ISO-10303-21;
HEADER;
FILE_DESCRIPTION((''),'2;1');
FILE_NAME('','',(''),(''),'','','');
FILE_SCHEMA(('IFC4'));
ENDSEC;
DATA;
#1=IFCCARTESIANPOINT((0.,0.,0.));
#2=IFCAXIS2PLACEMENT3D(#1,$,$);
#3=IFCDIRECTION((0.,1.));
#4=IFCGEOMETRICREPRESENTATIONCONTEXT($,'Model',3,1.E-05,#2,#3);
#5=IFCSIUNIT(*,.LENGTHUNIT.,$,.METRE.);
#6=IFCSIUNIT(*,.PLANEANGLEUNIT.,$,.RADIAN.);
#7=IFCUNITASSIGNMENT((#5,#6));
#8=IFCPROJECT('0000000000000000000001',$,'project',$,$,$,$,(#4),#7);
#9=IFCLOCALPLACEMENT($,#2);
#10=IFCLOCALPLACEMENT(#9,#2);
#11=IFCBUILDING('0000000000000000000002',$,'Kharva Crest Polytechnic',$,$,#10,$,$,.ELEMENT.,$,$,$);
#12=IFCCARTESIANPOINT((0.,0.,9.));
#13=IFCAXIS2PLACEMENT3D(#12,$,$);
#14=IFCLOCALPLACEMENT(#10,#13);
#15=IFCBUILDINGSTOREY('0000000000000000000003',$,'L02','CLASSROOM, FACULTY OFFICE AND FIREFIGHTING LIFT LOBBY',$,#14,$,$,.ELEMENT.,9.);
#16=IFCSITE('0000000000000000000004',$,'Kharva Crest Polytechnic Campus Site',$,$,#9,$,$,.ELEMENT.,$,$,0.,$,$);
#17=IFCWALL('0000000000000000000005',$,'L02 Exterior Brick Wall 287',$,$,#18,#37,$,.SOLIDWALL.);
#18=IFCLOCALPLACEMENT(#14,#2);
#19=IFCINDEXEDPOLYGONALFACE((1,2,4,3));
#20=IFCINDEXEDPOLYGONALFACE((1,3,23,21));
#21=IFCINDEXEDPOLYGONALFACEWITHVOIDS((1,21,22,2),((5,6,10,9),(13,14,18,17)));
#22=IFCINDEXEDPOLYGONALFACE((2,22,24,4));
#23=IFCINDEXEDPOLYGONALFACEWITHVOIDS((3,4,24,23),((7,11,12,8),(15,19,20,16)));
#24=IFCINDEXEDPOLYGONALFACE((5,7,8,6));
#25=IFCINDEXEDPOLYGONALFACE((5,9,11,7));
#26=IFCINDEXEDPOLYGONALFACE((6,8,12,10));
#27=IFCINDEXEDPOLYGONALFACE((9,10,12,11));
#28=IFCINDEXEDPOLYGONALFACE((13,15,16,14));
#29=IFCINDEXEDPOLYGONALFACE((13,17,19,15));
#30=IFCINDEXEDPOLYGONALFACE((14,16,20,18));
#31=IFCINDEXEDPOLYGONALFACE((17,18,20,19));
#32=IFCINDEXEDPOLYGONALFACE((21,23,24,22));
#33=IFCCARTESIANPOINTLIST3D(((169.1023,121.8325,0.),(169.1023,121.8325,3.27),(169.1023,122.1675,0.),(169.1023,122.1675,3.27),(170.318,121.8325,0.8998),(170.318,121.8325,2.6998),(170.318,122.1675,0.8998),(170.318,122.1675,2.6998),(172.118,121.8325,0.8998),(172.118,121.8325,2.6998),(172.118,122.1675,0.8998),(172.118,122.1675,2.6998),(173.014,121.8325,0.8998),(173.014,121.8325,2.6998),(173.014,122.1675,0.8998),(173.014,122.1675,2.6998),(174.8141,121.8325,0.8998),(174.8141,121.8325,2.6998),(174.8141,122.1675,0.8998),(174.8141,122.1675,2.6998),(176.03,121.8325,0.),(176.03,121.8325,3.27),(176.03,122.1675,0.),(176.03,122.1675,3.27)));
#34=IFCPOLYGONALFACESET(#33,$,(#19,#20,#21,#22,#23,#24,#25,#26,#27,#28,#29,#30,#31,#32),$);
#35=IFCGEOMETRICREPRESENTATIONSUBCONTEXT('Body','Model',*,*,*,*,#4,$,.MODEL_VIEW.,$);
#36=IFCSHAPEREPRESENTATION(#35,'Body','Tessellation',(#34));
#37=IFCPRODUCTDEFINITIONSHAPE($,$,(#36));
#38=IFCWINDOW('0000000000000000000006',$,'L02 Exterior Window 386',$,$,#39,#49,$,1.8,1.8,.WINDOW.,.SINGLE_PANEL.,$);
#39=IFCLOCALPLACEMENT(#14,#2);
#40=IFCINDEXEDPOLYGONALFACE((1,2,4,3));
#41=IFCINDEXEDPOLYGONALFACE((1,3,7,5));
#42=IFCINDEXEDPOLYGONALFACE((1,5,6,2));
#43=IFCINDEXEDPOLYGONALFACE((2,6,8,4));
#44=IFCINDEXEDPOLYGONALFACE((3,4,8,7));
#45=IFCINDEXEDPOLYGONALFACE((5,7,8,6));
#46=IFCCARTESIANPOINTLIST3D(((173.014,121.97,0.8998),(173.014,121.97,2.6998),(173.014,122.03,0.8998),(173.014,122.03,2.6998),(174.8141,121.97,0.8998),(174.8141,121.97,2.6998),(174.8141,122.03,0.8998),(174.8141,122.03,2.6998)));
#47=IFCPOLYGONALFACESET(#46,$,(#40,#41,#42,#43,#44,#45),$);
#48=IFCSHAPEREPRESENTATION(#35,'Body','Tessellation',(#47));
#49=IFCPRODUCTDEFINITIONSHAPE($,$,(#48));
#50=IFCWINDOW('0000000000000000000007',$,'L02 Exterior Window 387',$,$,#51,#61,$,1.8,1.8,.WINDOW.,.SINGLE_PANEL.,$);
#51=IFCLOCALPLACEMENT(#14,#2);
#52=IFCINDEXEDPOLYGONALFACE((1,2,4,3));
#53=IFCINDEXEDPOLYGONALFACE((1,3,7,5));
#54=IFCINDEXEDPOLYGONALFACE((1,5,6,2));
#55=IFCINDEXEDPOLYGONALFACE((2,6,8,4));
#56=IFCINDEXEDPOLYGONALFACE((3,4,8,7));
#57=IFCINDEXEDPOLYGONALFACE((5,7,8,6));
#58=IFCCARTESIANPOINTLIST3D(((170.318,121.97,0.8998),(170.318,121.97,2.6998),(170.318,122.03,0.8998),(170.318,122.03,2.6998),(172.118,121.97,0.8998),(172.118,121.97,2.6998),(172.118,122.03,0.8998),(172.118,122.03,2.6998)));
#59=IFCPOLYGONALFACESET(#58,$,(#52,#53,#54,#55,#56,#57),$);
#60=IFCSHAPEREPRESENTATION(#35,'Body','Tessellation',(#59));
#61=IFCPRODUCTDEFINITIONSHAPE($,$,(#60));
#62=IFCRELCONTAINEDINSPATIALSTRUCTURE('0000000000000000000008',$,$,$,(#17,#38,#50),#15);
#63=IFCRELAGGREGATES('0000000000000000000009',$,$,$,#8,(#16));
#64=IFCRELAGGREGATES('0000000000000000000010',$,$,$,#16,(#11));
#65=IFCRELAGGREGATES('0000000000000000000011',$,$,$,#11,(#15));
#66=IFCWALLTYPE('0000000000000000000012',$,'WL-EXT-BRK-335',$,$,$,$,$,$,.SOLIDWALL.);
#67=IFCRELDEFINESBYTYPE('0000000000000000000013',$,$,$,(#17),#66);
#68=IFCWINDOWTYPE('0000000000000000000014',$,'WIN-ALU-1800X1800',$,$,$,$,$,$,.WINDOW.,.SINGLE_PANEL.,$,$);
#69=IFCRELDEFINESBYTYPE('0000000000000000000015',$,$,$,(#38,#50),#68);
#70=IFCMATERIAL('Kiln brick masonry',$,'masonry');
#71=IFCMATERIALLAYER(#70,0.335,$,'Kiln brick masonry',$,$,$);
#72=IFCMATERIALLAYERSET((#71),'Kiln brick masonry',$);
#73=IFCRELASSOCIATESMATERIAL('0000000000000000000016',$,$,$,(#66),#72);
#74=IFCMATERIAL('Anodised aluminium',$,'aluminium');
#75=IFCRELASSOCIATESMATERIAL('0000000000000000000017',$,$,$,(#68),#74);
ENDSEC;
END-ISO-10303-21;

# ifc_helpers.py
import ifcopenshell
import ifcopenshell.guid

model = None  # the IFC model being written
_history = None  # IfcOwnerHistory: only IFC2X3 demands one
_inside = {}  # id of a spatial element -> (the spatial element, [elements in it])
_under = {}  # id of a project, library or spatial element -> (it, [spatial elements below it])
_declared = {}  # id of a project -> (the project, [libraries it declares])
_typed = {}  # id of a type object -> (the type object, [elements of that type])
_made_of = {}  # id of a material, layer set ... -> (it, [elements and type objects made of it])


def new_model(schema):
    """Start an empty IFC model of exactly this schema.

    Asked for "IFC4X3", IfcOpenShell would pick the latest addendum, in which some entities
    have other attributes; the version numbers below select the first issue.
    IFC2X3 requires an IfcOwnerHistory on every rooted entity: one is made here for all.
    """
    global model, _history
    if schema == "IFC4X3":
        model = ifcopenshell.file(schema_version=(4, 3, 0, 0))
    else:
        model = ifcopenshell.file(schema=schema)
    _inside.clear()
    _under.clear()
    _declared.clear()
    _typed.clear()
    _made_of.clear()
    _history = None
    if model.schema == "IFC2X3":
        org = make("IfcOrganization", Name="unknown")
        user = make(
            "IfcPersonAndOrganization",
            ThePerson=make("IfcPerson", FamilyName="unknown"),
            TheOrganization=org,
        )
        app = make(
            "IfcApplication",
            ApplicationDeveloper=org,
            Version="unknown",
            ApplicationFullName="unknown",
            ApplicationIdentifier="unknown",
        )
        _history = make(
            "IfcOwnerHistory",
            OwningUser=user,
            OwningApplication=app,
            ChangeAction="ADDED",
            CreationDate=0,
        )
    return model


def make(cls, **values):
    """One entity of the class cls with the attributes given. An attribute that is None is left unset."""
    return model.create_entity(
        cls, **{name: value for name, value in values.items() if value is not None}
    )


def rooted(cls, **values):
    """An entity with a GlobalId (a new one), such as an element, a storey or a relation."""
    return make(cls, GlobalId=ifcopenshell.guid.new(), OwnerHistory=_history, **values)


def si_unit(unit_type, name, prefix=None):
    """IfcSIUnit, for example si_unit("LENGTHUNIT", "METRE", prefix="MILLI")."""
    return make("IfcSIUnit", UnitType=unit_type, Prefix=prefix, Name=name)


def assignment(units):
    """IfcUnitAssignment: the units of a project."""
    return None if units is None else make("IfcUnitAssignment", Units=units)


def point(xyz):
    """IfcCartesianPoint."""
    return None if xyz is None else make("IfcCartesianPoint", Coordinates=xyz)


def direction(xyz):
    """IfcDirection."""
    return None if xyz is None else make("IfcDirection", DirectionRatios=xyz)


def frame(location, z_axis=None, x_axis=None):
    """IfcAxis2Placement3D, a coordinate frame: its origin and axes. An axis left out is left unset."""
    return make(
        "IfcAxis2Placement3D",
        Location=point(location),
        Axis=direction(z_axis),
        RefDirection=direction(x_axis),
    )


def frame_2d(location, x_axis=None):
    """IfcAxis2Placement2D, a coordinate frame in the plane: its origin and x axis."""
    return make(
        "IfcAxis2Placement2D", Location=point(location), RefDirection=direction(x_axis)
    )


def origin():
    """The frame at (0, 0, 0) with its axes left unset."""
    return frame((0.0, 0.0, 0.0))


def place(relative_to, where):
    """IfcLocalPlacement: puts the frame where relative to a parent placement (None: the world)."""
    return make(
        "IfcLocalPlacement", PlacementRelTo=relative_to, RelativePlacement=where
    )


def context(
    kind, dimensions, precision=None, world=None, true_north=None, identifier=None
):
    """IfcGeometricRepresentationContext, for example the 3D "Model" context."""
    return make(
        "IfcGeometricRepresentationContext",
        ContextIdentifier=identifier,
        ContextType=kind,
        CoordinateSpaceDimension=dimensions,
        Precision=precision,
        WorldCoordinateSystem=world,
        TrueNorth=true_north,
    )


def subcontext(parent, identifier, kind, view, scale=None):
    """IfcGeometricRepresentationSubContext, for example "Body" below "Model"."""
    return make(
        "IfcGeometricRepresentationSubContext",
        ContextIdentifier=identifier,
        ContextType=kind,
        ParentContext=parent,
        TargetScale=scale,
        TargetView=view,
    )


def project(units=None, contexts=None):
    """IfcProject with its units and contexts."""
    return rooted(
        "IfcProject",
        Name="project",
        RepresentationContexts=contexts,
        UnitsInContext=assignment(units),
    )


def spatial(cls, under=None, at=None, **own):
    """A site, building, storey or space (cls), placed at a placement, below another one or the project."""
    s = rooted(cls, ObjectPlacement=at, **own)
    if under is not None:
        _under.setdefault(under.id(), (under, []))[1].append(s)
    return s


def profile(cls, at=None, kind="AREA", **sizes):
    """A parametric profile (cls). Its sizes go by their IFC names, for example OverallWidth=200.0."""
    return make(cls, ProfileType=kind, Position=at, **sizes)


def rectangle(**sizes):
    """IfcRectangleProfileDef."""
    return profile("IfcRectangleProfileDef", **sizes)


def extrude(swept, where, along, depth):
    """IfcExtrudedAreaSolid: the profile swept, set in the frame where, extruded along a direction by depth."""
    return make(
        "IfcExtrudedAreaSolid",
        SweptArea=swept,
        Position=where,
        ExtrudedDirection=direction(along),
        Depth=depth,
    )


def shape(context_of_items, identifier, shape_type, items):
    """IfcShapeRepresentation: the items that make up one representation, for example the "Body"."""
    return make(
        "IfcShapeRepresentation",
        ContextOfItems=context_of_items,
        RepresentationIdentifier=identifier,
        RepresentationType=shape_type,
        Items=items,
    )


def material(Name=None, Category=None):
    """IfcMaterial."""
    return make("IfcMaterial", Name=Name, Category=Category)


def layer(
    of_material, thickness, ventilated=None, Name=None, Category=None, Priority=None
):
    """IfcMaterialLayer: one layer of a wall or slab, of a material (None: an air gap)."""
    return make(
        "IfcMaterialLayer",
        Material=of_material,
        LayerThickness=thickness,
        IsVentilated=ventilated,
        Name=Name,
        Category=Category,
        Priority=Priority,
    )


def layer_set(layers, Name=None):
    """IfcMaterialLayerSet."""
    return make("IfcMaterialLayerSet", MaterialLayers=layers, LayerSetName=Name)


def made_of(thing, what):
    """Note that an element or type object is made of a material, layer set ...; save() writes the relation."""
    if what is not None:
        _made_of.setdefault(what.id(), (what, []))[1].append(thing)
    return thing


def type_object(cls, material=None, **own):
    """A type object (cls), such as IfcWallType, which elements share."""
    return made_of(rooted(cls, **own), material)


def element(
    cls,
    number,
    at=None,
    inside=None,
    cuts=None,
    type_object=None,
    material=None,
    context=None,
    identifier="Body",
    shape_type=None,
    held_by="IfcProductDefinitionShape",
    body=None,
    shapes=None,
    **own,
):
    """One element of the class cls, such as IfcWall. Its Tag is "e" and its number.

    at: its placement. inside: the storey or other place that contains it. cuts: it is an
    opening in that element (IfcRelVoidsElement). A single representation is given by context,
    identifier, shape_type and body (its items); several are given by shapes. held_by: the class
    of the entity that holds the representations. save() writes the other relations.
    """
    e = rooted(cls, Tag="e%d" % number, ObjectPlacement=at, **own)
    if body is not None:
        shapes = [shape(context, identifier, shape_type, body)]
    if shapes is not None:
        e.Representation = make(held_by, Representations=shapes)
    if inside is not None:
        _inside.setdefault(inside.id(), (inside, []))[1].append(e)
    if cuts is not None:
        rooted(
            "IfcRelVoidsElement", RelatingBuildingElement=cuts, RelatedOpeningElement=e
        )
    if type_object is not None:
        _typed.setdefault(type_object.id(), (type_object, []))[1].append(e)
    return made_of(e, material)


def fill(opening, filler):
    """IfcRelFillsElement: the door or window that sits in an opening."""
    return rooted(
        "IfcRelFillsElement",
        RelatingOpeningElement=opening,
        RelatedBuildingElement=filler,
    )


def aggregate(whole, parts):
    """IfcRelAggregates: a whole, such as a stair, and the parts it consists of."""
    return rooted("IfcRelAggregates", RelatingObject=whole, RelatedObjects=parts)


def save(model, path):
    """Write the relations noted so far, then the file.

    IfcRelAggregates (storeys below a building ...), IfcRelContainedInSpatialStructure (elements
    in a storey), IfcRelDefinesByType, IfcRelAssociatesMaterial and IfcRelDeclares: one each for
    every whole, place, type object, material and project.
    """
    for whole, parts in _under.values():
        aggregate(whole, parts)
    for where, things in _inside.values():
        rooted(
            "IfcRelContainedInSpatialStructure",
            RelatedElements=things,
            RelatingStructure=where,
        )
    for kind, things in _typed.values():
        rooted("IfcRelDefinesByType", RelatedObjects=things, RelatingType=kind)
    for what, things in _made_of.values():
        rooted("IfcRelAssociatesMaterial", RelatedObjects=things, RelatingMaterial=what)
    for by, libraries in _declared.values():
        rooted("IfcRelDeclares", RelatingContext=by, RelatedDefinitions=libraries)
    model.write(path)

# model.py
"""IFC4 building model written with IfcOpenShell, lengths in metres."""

from ifc_helpers import new_model, si_unit, direction, frame, frame_2d, origin, place, context, subcontext, project, spatial, rectangle, extrude, material, layer, layer_set, type_object, element, fill, save


model = new_model("IFC4")

# Units and contexts
model_context = context("Model", 3, precision=1e-05, world=origin(), true_north=direction((0.0, 1.0)))
body_context = subcontext(model_context, "Body", "Model", "MODEL_VIEW")
ifc_project = project(units=[si_unit("LENGTHUNIT", "METRE"), si_unit("PLANEANGLEUNIT", "RADIAN")], contexts=[model_context])

# Site, building, storey
site_placement = place(None, origin())
site = spatial("IfcSite", under=ifc_project, at=site_placement, Name="Kharva Crest Polytechnic Campus Site", CompositionType="ELEMENT", RefElevation=0.0)
building_placement = place(site_placement, origin())
building = spatial("IfcBuilding", under=site, at=building_placement, Name="Kharva Crest Polytechnic", CompositionType="ELEMENT")
storey_placement = place(building_placement, frame((0.0, 0.0, 9.0)))
storey = spatial("IfcBuildingStorey", under=building, at=storey_placement, Name="L02", Description="CLASSROOM, FACULTY OFFICE AND FIREFIGHTING LIFT LOBBY", CompositionType="ELEMENT", Elevation=9.0)

# Wall, openings, windows
ifc_material_1 = material(Name="Kiln brick masonry", Category="masonry")
ifc_layer_1 = layer(ifc_material_1, 0.335, Name="Kiln brick masonry")
ifc_layer_set_1 = layer_set([ifc_layer_1], Name="Kiln brick masonry")
wall_type = type_object("IfcWallType", Name="WL-EXT-BRK-335", PredefinedType="SOLIDWALL", material=ifc_layer_set_1)
wall_placement = place(storey_placement, frame((176.03, 122.0, 0.0), z_axis=(0.0, 0.0, 1.0), x_axis=(-1.0, 0.0, 0.0)))
wall = element("IfcWall", 1, at=wall_placement, inside=storey, type_object=wall_type, Name="L02 Exterior Brick Wall 287", PredefinedType="SOLIDWALL", context=body_context, shape_type="SweptSolid", body=[
    extrude(rectangle(XDim=6.9277, YDim=0.335, at=frame_2d((3.4639, 0.0))), origin(), (0.0, 0.0, 1.0), 3.27),
])
opening_1_placement = place(wall_placement, frame((1.2161, 0.0, 0.8999)))
opening_1 = element("IfcOpeningElement", 2, at=opening_1_placement, cuts=wall, PredefinedType="OPENING", context=body_context, shape_type="SweptSolid", body=[
    extrude(rectangle(XDim=1.8, YDim=1.8, at=frame_2d((0.8999, 0.8999))), frame((0.0, 0.1775, 0.0), z_axis=(0.0, -1.0, 0.0), x_axis=(1.0, 0.0, 0.0)), (0.0, 0.0, 1.0), 0.355),
])
opening_2_placement = place(wall_placement, frame((3.9121, 0.0, 0.8999)))
opening_2 = element("IfcOpeningElement", 3, at=opening_2_placement, cuts=wall, PredefinedType="OPENING", context=body_context, shape_type="SweptSolid", body=[
    extrude(rectangle(XDim=1.8, YDim=1.8, at=frame_2d((0.8999, 0.8999))), frame((0.0, 0.1775, 0.0), z_axis=(0.0, -1.0, 0.0), x_axis=(1.0, 0.0, 0.0)), (0.0, 0.0, 1.0), 0.355),
])
ifc_material_2 = material(Name="Anodised aluminium", Category="aluminium")
window_type = type_object("IfcWindowType", Name="WIN-ALU-1800X1800", PartitioningType="SINGLE_PANEL", PredefinedType="WINDOW", material=ifc_material_2)
window_1_placement = place(opening_1_placement, origin())
window_1 = element("IfcWindow", 4, at=window_1_placement, inside=storey, type_object=window_type, Name="L02 Exterior Window 386", OverallHeight=1.8, OverallWidth=1.8, PartitioningType="SINGLE_PANEL", PredefinedType="WINDOW", context=body_context, shape_type="SweptSolid", body=[
    extrude(rectangle(XDim=1.8, YDim=1.8, at=frame_2d((0.8999, 0.8999))), frame((0.0, 0.03, 0.0), z_axis=(0.0, -1.0, 0.0), x_axis=(1.0, 0.0, 0.0)), (0.0, 0.0, 1.0), 0.0601),
])
fill(opening_1, window_1)
window_2_placement = place(opening_2_placement, origin())
window_2 = element("IfcWindow", 5, at=window_2_placement, inside=storey, type_object=window_type, Name="L02 Exterior Window 387", OverallHeight=1.8, OverallWidth=1.8, PartitioningType="SINGLE_PANEL", PredefinedType="WINDOW", context=body_context, shape_type="SweptSolid", body=[
    extrude(rectangle(XDim=1.8, YDim=1.8, at=frame_2d((0.8999, 0.8999))), frame((0.0, 0.03, 0.0), z_axis=(0.0, -1.0, 0.0), x_axis=(1.0, 0.0, 0.0)), (0.0, 0.0, 1.0), 0.0601),
])
fill(opening_2, window_2)

save(model, "model.ifc")
